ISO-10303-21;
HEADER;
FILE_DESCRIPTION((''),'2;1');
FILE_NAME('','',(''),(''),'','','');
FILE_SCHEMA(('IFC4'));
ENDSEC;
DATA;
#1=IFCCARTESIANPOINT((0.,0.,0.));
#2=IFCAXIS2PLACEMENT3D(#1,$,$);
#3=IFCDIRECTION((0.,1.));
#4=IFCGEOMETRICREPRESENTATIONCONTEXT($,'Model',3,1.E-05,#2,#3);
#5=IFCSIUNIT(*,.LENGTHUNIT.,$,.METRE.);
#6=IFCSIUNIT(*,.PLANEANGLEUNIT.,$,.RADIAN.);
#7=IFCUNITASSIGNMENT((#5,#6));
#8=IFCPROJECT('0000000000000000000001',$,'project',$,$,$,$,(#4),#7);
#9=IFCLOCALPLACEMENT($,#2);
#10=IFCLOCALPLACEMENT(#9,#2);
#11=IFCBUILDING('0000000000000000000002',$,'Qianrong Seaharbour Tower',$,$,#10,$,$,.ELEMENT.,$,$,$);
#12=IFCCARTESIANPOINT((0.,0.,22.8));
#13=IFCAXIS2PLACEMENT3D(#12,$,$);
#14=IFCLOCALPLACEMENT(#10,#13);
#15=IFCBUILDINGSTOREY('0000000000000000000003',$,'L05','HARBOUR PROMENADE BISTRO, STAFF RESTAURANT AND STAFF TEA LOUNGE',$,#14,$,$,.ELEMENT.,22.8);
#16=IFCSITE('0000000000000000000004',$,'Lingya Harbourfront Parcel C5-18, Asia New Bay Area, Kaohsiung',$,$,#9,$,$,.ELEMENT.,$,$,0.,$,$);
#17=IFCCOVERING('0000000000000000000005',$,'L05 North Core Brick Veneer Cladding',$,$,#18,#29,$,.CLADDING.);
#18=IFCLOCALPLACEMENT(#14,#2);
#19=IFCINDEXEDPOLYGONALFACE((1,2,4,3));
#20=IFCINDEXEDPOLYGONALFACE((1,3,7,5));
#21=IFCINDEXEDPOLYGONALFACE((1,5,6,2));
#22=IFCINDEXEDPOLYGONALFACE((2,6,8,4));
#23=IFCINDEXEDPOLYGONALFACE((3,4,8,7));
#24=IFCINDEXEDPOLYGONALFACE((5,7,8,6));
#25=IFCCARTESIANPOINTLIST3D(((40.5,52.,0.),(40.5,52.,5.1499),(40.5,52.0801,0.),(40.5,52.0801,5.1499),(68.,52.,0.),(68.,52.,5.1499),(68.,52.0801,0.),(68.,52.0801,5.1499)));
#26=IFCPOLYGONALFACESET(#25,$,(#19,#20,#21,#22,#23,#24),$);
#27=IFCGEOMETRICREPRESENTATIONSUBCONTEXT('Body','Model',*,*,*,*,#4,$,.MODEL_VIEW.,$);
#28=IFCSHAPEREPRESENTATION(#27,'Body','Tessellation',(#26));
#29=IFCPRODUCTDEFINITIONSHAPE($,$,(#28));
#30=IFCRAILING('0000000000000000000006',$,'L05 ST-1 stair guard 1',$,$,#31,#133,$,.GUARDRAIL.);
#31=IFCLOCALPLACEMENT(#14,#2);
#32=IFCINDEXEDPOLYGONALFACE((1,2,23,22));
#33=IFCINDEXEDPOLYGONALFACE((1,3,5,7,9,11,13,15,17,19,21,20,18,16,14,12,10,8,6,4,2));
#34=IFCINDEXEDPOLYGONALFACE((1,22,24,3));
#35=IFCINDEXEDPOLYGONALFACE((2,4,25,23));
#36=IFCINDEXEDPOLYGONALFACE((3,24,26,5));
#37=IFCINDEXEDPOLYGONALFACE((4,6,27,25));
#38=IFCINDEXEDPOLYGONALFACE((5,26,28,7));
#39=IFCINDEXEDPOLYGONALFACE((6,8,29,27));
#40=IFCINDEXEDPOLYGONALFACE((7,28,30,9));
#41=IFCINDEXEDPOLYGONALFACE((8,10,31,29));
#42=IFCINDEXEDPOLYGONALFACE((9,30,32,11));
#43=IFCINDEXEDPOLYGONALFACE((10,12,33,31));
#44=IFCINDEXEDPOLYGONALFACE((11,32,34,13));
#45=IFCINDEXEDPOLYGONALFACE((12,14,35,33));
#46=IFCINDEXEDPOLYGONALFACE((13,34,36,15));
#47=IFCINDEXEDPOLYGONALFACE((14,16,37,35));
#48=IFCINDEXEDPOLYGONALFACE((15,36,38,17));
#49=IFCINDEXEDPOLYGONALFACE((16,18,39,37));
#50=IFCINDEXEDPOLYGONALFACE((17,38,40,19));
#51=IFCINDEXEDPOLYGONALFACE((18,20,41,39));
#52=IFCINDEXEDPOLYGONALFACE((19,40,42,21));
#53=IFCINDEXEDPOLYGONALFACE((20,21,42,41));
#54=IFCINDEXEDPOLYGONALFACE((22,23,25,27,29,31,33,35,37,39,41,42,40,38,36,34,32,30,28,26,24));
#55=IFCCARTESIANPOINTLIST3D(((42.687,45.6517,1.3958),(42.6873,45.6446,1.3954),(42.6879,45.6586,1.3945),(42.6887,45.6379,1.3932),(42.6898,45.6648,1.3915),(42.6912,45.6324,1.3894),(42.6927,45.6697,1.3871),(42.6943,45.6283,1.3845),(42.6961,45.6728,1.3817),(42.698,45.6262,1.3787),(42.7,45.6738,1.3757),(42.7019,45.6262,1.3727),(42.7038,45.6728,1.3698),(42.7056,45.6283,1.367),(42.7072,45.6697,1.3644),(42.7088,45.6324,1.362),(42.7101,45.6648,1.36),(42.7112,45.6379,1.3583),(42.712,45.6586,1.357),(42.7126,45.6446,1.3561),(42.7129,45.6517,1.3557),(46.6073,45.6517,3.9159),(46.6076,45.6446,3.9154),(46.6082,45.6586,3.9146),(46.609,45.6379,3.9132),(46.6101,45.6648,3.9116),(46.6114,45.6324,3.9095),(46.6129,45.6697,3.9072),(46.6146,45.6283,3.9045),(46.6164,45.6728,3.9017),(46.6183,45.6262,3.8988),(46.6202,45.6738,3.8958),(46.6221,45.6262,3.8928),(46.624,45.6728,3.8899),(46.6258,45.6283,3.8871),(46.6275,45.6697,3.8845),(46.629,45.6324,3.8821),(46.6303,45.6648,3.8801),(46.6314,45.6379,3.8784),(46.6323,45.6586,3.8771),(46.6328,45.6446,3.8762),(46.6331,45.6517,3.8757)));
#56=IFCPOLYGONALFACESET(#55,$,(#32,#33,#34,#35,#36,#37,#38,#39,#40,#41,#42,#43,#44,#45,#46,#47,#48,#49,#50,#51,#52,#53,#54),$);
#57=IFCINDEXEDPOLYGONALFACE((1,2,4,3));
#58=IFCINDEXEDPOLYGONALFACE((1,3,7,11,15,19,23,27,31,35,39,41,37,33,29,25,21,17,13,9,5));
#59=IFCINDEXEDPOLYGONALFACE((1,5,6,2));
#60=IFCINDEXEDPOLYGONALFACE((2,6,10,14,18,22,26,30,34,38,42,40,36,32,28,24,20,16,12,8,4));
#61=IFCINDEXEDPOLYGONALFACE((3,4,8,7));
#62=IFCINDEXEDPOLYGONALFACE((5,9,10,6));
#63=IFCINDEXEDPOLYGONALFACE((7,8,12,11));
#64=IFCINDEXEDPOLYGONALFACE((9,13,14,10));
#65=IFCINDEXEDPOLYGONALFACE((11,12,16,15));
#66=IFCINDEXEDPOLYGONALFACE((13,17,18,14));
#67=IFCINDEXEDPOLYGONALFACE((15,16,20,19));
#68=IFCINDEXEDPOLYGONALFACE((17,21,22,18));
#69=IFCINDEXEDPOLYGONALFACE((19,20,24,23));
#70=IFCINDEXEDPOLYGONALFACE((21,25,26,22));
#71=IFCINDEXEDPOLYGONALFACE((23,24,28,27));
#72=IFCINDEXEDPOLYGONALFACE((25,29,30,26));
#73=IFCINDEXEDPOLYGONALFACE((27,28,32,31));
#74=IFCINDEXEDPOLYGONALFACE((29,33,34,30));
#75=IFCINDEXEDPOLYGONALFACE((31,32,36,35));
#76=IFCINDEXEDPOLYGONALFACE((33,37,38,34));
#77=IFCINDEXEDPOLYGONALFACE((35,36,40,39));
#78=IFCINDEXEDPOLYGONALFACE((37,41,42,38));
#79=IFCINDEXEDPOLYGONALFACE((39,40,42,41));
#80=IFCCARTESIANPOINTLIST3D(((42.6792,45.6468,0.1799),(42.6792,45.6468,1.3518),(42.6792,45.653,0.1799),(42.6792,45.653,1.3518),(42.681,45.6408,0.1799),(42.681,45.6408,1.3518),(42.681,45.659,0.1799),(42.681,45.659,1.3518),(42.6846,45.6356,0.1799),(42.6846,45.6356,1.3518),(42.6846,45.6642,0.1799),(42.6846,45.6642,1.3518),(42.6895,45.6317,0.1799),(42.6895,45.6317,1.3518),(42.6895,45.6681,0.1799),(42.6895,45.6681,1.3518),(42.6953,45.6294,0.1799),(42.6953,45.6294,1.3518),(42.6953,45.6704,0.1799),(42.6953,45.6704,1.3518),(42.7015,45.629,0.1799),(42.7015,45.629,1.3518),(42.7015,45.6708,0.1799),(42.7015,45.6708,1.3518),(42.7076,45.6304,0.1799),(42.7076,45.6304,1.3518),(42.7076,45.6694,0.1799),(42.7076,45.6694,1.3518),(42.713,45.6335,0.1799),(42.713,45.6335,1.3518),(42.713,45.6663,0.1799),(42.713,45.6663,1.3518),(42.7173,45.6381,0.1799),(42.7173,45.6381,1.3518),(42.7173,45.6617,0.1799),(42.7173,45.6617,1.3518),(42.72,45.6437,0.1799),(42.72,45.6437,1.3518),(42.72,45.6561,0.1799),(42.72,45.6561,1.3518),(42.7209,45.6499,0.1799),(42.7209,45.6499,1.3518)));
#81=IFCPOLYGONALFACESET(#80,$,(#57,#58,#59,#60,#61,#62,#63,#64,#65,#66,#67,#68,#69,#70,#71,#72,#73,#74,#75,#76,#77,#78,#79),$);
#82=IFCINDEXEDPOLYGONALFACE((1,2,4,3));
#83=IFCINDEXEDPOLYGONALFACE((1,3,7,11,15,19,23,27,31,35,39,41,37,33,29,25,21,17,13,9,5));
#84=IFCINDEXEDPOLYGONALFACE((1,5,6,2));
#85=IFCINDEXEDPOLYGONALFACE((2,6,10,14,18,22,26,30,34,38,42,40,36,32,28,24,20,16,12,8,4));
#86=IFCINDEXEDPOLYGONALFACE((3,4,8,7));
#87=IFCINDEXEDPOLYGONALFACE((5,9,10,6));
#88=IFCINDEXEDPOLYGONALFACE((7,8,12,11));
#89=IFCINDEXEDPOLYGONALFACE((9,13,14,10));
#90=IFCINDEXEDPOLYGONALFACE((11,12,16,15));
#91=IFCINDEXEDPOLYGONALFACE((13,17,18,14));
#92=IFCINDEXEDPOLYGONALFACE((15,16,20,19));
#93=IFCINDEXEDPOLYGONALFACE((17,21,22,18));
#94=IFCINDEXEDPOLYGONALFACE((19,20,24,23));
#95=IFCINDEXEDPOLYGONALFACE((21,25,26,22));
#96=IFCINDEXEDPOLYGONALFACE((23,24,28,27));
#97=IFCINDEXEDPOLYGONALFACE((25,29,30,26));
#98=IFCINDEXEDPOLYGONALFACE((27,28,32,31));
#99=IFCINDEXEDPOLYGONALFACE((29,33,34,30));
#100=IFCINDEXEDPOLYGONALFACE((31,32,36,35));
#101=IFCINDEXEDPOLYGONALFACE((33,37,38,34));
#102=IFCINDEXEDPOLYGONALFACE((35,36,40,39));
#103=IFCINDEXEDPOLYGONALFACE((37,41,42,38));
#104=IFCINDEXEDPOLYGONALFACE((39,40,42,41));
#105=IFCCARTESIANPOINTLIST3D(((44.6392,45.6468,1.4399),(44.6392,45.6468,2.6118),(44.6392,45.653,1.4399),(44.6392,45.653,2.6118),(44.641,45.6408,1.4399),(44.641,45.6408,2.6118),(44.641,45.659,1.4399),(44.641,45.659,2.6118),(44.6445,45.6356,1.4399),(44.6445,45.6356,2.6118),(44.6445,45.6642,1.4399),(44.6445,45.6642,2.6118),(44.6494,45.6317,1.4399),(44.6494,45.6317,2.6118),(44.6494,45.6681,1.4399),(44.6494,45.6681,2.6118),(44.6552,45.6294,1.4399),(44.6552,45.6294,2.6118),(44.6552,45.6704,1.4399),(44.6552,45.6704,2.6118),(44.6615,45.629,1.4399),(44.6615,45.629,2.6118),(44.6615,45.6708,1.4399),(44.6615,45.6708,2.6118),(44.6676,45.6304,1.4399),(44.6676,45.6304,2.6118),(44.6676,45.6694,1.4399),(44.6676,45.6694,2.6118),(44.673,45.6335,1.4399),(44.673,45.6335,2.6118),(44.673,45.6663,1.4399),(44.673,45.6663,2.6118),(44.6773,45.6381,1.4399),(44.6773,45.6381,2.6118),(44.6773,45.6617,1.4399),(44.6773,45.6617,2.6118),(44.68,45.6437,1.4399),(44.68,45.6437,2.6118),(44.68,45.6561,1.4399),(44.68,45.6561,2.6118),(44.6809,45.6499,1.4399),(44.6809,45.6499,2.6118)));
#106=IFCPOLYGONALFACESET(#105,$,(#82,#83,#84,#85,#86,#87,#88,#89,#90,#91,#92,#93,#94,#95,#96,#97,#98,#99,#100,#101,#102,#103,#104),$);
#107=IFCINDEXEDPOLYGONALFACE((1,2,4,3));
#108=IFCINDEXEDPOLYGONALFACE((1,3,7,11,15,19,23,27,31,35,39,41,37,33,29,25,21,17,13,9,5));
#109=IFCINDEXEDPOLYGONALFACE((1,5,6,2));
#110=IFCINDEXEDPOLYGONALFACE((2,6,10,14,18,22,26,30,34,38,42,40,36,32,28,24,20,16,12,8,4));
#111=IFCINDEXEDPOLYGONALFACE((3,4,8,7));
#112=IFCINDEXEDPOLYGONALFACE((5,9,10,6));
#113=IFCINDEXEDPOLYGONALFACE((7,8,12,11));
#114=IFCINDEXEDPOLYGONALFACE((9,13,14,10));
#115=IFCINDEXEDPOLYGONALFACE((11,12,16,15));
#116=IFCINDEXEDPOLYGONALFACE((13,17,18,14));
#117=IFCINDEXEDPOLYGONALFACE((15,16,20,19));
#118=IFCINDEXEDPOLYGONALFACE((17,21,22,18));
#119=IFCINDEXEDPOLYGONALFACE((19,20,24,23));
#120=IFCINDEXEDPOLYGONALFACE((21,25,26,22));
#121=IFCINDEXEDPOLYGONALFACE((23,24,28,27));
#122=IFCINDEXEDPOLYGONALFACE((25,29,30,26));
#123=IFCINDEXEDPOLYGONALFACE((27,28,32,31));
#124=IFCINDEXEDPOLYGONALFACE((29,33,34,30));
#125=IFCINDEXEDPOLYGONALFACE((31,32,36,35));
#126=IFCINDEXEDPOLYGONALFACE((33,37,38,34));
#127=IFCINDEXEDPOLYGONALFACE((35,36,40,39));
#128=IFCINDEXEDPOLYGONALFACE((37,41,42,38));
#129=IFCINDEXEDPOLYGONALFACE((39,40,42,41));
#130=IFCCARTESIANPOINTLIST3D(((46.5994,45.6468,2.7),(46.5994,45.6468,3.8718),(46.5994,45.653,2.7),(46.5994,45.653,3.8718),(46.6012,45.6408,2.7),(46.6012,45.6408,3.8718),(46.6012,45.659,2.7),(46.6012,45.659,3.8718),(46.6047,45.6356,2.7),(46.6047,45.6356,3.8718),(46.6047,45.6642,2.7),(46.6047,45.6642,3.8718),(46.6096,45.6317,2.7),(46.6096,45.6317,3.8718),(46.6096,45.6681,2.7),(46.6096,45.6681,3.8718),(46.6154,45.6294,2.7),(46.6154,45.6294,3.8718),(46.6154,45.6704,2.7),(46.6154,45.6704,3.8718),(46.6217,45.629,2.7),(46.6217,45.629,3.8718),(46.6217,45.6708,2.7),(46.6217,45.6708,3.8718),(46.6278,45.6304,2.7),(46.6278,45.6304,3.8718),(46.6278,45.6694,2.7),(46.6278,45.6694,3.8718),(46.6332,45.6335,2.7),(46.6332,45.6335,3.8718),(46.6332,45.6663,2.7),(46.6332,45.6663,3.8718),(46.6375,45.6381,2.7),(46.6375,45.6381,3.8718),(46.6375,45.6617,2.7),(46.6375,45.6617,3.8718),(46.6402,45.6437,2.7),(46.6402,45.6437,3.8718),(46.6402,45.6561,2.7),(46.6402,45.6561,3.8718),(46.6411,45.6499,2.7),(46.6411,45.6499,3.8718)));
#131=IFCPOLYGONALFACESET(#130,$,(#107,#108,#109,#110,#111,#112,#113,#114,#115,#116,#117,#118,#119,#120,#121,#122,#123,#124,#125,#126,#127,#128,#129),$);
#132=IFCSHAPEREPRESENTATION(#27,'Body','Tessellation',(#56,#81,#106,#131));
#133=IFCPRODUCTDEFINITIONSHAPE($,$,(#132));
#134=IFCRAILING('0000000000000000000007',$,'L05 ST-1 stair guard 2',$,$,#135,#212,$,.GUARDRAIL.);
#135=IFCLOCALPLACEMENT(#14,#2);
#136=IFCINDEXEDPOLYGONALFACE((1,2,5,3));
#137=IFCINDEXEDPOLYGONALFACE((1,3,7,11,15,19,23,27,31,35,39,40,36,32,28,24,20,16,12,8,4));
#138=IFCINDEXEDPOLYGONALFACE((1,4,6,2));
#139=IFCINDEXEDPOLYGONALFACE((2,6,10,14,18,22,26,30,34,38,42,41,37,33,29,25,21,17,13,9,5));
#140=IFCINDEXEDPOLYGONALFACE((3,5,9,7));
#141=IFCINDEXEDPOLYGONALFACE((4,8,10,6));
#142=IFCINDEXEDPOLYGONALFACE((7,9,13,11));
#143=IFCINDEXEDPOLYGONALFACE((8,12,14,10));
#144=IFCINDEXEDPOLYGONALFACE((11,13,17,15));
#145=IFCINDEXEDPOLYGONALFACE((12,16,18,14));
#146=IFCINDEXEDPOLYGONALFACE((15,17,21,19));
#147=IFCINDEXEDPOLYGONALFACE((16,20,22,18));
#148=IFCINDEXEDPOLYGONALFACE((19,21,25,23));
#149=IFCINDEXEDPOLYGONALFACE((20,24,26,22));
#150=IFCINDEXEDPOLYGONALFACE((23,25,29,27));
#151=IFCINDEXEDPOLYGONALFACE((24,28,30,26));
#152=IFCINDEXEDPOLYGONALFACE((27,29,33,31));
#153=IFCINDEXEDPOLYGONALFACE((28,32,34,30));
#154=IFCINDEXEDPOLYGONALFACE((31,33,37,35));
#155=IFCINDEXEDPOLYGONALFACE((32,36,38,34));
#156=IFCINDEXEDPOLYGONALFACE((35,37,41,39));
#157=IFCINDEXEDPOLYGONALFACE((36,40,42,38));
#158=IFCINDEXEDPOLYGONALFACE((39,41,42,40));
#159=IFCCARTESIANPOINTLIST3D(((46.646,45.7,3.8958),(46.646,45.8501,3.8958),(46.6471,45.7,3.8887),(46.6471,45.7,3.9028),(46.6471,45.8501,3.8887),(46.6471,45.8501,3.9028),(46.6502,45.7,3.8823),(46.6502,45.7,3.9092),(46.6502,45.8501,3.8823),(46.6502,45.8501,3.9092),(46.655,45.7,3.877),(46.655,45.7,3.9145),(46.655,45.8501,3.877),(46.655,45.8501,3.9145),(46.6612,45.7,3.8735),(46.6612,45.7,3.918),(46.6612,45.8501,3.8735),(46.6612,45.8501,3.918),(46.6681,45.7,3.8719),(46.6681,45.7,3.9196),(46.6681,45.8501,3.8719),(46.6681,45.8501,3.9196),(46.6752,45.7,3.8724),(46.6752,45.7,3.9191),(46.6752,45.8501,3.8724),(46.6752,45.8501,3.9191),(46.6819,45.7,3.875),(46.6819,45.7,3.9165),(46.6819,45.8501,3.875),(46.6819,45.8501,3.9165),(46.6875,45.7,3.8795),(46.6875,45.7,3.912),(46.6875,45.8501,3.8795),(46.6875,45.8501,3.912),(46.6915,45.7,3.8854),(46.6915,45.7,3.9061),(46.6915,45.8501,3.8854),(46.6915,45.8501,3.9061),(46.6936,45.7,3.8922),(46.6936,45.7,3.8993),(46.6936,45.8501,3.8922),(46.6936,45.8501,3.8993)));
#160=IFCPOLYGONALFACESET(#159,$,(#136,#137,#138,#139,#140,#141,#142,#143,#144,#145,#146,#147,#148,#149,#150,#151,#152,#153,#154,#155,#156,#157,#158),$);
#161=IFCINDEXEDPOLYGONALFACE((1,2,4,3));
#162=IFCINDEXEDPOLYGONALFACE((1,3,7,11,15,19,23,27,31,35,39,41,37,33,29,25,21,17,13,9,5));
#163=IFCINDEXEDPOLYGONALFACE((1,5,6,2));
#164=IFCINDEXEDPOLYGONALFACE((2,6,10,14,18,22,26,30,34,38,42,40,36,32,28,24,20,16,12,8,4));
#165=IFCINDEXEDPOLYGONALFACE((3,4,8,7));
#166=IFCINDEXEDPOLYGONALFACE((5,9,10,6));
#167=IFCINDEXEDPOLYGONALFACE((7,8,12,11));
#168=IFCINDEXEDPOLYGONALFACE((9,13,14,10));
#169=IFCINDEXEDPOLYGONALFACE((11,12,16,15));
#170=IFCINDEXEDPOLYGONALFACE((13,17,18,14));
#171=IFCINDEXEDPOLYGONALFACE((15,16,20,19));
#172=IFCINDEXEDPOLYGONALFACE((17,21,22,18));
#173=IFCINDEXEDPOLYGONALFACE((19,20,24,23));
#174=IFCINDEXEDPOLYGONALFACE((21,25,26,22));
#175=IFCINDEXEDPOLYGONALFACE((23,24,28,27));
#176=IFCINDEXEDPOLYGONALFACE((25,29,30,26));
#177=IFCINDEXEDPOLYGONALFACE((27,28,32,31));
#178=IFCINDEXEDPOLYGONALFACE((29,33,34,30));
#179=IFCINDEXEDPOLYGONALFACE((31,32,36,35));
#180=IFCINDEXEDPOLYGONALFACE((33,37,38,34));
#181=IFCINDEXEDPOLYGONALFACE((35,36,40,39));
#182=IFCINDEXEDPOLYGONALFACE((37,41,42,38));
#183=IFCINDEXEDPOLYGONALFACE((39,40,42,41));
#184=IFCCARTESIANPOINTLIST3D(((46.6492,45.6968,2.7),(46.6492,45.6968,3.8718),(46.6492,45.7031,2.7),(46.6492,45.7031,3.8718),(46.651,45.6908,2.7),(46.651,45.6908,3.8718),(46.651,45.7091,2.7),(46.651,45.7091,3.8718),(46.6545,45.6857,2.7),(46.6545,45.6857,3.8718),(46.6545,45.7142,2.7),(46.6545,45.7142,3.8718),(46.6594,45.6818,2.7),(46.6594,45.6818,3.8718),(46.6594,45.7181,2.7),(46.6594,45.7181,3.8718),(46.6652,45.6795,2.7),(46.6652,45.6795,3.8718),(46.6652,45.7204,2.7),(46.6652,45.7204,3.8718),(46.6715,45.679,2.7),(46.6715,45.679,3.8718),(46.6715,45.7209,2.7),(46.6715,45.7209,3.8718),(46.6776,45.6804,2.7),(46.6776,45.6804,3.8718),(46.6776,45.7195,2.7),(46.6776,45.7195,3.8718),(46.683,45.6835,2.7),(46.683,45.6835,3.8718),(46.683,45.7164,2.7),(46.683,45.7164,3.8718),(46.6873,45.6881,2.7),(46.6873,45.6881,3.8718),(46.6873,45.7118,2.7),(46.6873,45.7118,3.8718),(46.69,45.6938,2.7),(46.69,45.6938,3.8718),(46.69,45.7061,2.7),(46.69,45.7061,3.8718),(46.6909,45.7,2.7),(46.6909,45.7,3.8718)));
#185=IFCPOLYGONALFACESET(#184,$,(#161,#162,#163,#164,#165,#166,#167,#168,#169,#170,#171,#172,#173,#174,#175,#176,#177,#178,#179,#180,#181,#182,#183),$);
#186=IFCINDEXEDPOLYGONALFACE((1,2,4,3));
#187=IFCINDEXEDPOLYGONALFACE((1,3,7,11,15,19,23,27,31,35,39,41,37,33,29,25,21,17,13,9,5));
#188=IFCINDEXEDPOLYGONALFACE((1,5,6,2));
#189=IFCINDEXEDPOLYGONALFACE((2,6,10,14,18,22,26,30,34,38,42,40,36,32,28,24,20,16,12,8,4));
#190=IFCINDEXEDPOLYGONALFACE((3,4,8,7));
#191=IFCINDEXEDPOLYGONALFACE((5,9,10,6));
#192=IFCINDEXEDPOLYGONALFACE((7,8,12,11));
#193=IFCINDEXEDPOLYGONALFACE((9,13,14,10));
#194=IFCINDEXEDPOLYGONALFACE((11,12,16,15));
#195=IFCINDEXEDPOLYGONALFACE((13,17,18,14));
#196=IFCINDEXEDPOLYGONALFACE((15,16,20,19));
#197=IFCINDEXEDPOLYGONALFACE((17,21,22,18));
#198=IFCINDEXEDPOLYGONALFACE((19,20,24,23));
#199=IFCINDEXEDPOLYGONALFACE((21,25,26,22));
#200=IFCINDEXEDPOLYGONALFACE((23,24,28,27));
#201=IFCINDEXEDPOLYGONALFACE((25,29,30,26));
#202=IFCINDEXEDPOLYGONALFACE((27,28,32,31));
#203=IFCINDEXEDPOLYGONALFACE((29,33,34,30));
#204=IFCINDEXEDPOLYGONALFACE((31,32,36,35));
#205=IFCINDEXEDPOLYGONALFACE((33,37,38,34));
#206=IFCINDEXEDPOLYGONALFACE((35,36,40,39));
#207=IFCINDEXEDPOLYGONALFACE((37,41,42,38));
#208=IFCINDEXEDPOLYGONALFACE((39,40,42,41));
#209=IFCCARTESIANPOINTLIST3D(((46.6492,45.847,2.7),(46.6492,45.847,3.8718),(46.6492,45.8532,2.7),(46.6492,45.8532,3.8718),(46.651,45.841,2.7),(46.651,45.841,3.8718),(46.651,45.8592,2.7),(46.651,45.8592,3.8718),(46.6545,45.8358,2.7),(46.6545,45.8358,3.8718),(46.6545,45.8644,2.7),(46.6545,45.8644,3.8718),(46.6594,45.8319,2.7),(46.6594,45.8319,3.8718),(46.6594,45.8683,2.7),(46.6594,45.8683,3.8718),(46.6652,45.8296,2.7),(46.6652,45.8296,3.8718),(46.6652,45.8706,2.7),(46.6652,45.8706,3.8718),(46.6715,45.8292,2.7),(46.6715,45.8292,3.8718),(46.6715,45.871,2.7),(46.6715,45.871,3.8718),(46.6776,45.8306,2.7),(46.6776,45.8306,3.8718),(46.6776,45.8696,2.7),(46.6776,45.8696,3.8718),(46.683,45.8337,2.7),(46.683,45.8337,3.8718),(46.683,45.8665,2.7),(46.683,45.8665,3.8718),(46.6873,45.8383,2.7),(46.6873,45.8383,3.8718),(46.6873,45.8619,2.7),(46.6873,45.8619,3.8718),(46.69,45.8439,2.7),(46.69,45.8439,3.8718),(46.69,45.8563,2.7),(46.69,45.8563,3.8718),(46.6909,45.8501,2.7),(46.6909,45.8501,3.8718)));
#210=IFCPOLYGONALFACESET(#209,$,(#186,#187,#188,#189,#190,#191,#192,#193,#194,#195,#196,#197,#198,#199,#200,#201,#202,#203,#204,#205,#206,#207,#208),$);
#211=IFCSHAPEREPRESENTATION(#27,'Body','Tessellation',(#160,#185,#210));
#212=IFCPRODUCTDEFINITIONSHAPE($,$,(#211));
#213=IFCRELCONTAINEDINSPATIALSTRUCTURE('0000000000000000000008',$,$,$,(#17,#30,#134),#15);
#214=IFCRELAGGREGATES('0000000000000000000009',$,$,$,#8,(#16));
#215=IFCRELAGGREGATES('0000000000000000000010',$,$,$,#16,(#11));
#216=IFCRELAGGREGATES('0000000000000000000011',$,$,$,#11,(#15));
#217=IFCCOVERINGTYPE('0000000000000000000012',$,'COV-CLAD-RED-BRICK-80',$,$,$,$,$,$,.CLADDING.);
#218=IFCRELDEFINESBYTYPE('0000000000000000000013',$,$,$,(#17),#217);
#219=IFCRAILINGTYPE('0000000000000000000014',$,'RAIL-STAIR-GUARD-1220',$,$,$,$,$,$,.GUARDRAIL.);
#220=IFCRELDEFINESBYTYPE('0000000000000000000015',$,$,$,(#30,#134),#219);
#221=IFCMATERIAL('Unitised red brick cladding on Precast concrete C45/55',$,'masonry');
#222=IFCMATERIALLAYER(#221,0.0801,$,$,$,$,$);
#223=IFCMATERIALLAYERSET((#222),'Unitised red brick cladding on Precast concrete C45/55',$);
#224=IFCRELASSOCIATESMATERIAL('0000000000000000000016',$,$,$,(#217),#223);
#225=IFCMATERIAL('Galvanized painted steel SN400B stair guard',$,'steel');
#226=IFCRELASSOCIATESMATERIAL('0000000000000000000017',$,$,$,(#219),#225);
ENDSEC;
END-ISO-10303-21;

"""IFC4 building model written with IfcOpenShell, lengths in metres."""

from ifc_helpers import new_model, si_unit, direction, frame, origin, origin_2d, place, context, subcontext, project, spatial, rectangle, circle, extrude, material, layer, layer_set, type_object, element, save


model = new_model("IFC4")

# Units and contexts
model_context = context("Model", 3, precision=1e-05, world=origin(), true_north=direction((0.0, 1.0)))
body_context = subcontext(model_context, "Body", "Model", "MODEL_VIEW")
ifc_project = project(units=[si_unit("LENGTHUNIT", "METRE"), si_unit("PLANEANGLEUNIT", "RADIAN")], contexts=[model_context])

# Site, building, storey
site_placement = place(None, origin())
site = spatial("IfcSite", under=ifc_project, at=site_placement, Name="Lingya Harbourfront Parcel C5-18, Asia New Bay Area, Kaohsiung", CompositionType="ELEMENT", RefElevation=0.0)
building_placement = place(site_placement, origin())
building = spatial("IfcBuilding", under=site, at=building_placement, Name="Qianrong Seaharbour Tower", CompositionType="ELEMENT")
storey_placement = place(building_placement, frame((0.0, 0.0, 22.8)))
storey = spatial("IfcBuildingStorey", under=building, at=storey_placement, Name="L05", Description="HARBOUR PROMENADE BISTRO, STAFF RESTAURANT AND STAFF TEA LOUNGE", CompositionType="ELEMENT", Elevation=22.8)

# Covering
ifc_material_1 = material(Name="Unitised red brick cladding on Precast concrete C45/55", Category="masonry")
ifc_layer_1 = layer(ifc_material_1, 0.0801)
ifc_layer_set_1 = layer_set([ifc_layer_1], Name="Unitised red brick cladding on Precast concrete C45/55")
covering_type = type_object("IfcCoveringType", Name="COV-CLAD-RED-BRICK-80", PredefinedType="CLADDING", material=ifc_layer_set_1)
covering_placement = place(storey_placement, frame((54.25, 52.04, 0.0), z_axis=(0.0, 0.0, 1.0), x_axis=(1.0, 0.0, 0.0)))
element("IfcCovering", 1, at=covering_placement, inside=storey, type_object=covering_type, Name="L05 North Core Brick Veneer Cladding", PredefinedType="CLADDING", context=body_context, shape_type="SweptSolid", body=[
    extrude(rectangle(XDim=27.5, YDim=0.0801, at=origin_2d()), origin(), (0.0, 0.0, 1.0), 5.1499),
])

# Railings
ifc_material_2 = material(Name="Galvanized painted steel SN400B stair guard", Category="steel")
railing_type_1 = type_object("IfcRailingType", Name="RAIL-STAIR-GUARD-1220", PredefinedType="GUARDRAIL", material=ifc_material_2)
railing_1_placement = place(storey_placement, frame((42.7, 45.6499, 0.1799)))
element("IfcRailing", 2, at=railing_1_placement, inside=storey, type_object=railing_type_1, Name="L05 ST-1 stair guard 1", PredefinedType="GUARDRAIL", context=body_context, shape_type="SweptSolid", body=[
    extrude(circle(Radius=0.0239, at=origin_2d()), frame((0.0, 0.0, 1.1958), z_axis=(0.841187, 0.0, 0.540744), x_axis=(0.0, 1.0, 0.0)), (0.0, 0.0, 1.0), 4.6604),
    extrude(circle(Radius=0.021, at=origin_2d()), origin(), (0.0, 0.0, 1.0), 1.1719),
    extrude(circle(Radius=0.021, at=origin_2d()), frame((1.96, 0.0, 1.26)), (0.0, 0.0, 1.0), 1.1719),
    extrude(circle(Radius=0.021, at=origin_2d()), frame((3.9202, 0.0, 2.52)), (0.0, 0.0, 1.0), 1.1719),
])
railing_2_placement = place(storey_placement, frame((46.6699, 45.7, 2.7)))
element("IfcRailing", 3, at=railing_2_placement, inside=storey, type_object=railing_type_1, Name="L05 ST-1 stair guard 2", PredefinedType="GUARDRAIL", context=body_context, shape_type="SweptSolid", body=[
    extrude(circle(Radius=0.0239, at=origin_2d()), frame((0.0, 0.0, 1.1958), z_axis=(0.0, 1.0, 0.0), x_axis=(-1.0, 0.0, 0.0)), (0.0, 0.0, 1.0), 0.1501),
    extrude(circle(Radius=0.021, at=origin_2d()), origin(), (0.0, 0.0, 1.0), 1.1719),
    extrude(circle(Radius=0.021, at=origin_2d()), frame((0.0, 0.1501, 0.0)), (0.0, 0.0, 1.0), 1.1719),
])

save(model, "model.ifc")
